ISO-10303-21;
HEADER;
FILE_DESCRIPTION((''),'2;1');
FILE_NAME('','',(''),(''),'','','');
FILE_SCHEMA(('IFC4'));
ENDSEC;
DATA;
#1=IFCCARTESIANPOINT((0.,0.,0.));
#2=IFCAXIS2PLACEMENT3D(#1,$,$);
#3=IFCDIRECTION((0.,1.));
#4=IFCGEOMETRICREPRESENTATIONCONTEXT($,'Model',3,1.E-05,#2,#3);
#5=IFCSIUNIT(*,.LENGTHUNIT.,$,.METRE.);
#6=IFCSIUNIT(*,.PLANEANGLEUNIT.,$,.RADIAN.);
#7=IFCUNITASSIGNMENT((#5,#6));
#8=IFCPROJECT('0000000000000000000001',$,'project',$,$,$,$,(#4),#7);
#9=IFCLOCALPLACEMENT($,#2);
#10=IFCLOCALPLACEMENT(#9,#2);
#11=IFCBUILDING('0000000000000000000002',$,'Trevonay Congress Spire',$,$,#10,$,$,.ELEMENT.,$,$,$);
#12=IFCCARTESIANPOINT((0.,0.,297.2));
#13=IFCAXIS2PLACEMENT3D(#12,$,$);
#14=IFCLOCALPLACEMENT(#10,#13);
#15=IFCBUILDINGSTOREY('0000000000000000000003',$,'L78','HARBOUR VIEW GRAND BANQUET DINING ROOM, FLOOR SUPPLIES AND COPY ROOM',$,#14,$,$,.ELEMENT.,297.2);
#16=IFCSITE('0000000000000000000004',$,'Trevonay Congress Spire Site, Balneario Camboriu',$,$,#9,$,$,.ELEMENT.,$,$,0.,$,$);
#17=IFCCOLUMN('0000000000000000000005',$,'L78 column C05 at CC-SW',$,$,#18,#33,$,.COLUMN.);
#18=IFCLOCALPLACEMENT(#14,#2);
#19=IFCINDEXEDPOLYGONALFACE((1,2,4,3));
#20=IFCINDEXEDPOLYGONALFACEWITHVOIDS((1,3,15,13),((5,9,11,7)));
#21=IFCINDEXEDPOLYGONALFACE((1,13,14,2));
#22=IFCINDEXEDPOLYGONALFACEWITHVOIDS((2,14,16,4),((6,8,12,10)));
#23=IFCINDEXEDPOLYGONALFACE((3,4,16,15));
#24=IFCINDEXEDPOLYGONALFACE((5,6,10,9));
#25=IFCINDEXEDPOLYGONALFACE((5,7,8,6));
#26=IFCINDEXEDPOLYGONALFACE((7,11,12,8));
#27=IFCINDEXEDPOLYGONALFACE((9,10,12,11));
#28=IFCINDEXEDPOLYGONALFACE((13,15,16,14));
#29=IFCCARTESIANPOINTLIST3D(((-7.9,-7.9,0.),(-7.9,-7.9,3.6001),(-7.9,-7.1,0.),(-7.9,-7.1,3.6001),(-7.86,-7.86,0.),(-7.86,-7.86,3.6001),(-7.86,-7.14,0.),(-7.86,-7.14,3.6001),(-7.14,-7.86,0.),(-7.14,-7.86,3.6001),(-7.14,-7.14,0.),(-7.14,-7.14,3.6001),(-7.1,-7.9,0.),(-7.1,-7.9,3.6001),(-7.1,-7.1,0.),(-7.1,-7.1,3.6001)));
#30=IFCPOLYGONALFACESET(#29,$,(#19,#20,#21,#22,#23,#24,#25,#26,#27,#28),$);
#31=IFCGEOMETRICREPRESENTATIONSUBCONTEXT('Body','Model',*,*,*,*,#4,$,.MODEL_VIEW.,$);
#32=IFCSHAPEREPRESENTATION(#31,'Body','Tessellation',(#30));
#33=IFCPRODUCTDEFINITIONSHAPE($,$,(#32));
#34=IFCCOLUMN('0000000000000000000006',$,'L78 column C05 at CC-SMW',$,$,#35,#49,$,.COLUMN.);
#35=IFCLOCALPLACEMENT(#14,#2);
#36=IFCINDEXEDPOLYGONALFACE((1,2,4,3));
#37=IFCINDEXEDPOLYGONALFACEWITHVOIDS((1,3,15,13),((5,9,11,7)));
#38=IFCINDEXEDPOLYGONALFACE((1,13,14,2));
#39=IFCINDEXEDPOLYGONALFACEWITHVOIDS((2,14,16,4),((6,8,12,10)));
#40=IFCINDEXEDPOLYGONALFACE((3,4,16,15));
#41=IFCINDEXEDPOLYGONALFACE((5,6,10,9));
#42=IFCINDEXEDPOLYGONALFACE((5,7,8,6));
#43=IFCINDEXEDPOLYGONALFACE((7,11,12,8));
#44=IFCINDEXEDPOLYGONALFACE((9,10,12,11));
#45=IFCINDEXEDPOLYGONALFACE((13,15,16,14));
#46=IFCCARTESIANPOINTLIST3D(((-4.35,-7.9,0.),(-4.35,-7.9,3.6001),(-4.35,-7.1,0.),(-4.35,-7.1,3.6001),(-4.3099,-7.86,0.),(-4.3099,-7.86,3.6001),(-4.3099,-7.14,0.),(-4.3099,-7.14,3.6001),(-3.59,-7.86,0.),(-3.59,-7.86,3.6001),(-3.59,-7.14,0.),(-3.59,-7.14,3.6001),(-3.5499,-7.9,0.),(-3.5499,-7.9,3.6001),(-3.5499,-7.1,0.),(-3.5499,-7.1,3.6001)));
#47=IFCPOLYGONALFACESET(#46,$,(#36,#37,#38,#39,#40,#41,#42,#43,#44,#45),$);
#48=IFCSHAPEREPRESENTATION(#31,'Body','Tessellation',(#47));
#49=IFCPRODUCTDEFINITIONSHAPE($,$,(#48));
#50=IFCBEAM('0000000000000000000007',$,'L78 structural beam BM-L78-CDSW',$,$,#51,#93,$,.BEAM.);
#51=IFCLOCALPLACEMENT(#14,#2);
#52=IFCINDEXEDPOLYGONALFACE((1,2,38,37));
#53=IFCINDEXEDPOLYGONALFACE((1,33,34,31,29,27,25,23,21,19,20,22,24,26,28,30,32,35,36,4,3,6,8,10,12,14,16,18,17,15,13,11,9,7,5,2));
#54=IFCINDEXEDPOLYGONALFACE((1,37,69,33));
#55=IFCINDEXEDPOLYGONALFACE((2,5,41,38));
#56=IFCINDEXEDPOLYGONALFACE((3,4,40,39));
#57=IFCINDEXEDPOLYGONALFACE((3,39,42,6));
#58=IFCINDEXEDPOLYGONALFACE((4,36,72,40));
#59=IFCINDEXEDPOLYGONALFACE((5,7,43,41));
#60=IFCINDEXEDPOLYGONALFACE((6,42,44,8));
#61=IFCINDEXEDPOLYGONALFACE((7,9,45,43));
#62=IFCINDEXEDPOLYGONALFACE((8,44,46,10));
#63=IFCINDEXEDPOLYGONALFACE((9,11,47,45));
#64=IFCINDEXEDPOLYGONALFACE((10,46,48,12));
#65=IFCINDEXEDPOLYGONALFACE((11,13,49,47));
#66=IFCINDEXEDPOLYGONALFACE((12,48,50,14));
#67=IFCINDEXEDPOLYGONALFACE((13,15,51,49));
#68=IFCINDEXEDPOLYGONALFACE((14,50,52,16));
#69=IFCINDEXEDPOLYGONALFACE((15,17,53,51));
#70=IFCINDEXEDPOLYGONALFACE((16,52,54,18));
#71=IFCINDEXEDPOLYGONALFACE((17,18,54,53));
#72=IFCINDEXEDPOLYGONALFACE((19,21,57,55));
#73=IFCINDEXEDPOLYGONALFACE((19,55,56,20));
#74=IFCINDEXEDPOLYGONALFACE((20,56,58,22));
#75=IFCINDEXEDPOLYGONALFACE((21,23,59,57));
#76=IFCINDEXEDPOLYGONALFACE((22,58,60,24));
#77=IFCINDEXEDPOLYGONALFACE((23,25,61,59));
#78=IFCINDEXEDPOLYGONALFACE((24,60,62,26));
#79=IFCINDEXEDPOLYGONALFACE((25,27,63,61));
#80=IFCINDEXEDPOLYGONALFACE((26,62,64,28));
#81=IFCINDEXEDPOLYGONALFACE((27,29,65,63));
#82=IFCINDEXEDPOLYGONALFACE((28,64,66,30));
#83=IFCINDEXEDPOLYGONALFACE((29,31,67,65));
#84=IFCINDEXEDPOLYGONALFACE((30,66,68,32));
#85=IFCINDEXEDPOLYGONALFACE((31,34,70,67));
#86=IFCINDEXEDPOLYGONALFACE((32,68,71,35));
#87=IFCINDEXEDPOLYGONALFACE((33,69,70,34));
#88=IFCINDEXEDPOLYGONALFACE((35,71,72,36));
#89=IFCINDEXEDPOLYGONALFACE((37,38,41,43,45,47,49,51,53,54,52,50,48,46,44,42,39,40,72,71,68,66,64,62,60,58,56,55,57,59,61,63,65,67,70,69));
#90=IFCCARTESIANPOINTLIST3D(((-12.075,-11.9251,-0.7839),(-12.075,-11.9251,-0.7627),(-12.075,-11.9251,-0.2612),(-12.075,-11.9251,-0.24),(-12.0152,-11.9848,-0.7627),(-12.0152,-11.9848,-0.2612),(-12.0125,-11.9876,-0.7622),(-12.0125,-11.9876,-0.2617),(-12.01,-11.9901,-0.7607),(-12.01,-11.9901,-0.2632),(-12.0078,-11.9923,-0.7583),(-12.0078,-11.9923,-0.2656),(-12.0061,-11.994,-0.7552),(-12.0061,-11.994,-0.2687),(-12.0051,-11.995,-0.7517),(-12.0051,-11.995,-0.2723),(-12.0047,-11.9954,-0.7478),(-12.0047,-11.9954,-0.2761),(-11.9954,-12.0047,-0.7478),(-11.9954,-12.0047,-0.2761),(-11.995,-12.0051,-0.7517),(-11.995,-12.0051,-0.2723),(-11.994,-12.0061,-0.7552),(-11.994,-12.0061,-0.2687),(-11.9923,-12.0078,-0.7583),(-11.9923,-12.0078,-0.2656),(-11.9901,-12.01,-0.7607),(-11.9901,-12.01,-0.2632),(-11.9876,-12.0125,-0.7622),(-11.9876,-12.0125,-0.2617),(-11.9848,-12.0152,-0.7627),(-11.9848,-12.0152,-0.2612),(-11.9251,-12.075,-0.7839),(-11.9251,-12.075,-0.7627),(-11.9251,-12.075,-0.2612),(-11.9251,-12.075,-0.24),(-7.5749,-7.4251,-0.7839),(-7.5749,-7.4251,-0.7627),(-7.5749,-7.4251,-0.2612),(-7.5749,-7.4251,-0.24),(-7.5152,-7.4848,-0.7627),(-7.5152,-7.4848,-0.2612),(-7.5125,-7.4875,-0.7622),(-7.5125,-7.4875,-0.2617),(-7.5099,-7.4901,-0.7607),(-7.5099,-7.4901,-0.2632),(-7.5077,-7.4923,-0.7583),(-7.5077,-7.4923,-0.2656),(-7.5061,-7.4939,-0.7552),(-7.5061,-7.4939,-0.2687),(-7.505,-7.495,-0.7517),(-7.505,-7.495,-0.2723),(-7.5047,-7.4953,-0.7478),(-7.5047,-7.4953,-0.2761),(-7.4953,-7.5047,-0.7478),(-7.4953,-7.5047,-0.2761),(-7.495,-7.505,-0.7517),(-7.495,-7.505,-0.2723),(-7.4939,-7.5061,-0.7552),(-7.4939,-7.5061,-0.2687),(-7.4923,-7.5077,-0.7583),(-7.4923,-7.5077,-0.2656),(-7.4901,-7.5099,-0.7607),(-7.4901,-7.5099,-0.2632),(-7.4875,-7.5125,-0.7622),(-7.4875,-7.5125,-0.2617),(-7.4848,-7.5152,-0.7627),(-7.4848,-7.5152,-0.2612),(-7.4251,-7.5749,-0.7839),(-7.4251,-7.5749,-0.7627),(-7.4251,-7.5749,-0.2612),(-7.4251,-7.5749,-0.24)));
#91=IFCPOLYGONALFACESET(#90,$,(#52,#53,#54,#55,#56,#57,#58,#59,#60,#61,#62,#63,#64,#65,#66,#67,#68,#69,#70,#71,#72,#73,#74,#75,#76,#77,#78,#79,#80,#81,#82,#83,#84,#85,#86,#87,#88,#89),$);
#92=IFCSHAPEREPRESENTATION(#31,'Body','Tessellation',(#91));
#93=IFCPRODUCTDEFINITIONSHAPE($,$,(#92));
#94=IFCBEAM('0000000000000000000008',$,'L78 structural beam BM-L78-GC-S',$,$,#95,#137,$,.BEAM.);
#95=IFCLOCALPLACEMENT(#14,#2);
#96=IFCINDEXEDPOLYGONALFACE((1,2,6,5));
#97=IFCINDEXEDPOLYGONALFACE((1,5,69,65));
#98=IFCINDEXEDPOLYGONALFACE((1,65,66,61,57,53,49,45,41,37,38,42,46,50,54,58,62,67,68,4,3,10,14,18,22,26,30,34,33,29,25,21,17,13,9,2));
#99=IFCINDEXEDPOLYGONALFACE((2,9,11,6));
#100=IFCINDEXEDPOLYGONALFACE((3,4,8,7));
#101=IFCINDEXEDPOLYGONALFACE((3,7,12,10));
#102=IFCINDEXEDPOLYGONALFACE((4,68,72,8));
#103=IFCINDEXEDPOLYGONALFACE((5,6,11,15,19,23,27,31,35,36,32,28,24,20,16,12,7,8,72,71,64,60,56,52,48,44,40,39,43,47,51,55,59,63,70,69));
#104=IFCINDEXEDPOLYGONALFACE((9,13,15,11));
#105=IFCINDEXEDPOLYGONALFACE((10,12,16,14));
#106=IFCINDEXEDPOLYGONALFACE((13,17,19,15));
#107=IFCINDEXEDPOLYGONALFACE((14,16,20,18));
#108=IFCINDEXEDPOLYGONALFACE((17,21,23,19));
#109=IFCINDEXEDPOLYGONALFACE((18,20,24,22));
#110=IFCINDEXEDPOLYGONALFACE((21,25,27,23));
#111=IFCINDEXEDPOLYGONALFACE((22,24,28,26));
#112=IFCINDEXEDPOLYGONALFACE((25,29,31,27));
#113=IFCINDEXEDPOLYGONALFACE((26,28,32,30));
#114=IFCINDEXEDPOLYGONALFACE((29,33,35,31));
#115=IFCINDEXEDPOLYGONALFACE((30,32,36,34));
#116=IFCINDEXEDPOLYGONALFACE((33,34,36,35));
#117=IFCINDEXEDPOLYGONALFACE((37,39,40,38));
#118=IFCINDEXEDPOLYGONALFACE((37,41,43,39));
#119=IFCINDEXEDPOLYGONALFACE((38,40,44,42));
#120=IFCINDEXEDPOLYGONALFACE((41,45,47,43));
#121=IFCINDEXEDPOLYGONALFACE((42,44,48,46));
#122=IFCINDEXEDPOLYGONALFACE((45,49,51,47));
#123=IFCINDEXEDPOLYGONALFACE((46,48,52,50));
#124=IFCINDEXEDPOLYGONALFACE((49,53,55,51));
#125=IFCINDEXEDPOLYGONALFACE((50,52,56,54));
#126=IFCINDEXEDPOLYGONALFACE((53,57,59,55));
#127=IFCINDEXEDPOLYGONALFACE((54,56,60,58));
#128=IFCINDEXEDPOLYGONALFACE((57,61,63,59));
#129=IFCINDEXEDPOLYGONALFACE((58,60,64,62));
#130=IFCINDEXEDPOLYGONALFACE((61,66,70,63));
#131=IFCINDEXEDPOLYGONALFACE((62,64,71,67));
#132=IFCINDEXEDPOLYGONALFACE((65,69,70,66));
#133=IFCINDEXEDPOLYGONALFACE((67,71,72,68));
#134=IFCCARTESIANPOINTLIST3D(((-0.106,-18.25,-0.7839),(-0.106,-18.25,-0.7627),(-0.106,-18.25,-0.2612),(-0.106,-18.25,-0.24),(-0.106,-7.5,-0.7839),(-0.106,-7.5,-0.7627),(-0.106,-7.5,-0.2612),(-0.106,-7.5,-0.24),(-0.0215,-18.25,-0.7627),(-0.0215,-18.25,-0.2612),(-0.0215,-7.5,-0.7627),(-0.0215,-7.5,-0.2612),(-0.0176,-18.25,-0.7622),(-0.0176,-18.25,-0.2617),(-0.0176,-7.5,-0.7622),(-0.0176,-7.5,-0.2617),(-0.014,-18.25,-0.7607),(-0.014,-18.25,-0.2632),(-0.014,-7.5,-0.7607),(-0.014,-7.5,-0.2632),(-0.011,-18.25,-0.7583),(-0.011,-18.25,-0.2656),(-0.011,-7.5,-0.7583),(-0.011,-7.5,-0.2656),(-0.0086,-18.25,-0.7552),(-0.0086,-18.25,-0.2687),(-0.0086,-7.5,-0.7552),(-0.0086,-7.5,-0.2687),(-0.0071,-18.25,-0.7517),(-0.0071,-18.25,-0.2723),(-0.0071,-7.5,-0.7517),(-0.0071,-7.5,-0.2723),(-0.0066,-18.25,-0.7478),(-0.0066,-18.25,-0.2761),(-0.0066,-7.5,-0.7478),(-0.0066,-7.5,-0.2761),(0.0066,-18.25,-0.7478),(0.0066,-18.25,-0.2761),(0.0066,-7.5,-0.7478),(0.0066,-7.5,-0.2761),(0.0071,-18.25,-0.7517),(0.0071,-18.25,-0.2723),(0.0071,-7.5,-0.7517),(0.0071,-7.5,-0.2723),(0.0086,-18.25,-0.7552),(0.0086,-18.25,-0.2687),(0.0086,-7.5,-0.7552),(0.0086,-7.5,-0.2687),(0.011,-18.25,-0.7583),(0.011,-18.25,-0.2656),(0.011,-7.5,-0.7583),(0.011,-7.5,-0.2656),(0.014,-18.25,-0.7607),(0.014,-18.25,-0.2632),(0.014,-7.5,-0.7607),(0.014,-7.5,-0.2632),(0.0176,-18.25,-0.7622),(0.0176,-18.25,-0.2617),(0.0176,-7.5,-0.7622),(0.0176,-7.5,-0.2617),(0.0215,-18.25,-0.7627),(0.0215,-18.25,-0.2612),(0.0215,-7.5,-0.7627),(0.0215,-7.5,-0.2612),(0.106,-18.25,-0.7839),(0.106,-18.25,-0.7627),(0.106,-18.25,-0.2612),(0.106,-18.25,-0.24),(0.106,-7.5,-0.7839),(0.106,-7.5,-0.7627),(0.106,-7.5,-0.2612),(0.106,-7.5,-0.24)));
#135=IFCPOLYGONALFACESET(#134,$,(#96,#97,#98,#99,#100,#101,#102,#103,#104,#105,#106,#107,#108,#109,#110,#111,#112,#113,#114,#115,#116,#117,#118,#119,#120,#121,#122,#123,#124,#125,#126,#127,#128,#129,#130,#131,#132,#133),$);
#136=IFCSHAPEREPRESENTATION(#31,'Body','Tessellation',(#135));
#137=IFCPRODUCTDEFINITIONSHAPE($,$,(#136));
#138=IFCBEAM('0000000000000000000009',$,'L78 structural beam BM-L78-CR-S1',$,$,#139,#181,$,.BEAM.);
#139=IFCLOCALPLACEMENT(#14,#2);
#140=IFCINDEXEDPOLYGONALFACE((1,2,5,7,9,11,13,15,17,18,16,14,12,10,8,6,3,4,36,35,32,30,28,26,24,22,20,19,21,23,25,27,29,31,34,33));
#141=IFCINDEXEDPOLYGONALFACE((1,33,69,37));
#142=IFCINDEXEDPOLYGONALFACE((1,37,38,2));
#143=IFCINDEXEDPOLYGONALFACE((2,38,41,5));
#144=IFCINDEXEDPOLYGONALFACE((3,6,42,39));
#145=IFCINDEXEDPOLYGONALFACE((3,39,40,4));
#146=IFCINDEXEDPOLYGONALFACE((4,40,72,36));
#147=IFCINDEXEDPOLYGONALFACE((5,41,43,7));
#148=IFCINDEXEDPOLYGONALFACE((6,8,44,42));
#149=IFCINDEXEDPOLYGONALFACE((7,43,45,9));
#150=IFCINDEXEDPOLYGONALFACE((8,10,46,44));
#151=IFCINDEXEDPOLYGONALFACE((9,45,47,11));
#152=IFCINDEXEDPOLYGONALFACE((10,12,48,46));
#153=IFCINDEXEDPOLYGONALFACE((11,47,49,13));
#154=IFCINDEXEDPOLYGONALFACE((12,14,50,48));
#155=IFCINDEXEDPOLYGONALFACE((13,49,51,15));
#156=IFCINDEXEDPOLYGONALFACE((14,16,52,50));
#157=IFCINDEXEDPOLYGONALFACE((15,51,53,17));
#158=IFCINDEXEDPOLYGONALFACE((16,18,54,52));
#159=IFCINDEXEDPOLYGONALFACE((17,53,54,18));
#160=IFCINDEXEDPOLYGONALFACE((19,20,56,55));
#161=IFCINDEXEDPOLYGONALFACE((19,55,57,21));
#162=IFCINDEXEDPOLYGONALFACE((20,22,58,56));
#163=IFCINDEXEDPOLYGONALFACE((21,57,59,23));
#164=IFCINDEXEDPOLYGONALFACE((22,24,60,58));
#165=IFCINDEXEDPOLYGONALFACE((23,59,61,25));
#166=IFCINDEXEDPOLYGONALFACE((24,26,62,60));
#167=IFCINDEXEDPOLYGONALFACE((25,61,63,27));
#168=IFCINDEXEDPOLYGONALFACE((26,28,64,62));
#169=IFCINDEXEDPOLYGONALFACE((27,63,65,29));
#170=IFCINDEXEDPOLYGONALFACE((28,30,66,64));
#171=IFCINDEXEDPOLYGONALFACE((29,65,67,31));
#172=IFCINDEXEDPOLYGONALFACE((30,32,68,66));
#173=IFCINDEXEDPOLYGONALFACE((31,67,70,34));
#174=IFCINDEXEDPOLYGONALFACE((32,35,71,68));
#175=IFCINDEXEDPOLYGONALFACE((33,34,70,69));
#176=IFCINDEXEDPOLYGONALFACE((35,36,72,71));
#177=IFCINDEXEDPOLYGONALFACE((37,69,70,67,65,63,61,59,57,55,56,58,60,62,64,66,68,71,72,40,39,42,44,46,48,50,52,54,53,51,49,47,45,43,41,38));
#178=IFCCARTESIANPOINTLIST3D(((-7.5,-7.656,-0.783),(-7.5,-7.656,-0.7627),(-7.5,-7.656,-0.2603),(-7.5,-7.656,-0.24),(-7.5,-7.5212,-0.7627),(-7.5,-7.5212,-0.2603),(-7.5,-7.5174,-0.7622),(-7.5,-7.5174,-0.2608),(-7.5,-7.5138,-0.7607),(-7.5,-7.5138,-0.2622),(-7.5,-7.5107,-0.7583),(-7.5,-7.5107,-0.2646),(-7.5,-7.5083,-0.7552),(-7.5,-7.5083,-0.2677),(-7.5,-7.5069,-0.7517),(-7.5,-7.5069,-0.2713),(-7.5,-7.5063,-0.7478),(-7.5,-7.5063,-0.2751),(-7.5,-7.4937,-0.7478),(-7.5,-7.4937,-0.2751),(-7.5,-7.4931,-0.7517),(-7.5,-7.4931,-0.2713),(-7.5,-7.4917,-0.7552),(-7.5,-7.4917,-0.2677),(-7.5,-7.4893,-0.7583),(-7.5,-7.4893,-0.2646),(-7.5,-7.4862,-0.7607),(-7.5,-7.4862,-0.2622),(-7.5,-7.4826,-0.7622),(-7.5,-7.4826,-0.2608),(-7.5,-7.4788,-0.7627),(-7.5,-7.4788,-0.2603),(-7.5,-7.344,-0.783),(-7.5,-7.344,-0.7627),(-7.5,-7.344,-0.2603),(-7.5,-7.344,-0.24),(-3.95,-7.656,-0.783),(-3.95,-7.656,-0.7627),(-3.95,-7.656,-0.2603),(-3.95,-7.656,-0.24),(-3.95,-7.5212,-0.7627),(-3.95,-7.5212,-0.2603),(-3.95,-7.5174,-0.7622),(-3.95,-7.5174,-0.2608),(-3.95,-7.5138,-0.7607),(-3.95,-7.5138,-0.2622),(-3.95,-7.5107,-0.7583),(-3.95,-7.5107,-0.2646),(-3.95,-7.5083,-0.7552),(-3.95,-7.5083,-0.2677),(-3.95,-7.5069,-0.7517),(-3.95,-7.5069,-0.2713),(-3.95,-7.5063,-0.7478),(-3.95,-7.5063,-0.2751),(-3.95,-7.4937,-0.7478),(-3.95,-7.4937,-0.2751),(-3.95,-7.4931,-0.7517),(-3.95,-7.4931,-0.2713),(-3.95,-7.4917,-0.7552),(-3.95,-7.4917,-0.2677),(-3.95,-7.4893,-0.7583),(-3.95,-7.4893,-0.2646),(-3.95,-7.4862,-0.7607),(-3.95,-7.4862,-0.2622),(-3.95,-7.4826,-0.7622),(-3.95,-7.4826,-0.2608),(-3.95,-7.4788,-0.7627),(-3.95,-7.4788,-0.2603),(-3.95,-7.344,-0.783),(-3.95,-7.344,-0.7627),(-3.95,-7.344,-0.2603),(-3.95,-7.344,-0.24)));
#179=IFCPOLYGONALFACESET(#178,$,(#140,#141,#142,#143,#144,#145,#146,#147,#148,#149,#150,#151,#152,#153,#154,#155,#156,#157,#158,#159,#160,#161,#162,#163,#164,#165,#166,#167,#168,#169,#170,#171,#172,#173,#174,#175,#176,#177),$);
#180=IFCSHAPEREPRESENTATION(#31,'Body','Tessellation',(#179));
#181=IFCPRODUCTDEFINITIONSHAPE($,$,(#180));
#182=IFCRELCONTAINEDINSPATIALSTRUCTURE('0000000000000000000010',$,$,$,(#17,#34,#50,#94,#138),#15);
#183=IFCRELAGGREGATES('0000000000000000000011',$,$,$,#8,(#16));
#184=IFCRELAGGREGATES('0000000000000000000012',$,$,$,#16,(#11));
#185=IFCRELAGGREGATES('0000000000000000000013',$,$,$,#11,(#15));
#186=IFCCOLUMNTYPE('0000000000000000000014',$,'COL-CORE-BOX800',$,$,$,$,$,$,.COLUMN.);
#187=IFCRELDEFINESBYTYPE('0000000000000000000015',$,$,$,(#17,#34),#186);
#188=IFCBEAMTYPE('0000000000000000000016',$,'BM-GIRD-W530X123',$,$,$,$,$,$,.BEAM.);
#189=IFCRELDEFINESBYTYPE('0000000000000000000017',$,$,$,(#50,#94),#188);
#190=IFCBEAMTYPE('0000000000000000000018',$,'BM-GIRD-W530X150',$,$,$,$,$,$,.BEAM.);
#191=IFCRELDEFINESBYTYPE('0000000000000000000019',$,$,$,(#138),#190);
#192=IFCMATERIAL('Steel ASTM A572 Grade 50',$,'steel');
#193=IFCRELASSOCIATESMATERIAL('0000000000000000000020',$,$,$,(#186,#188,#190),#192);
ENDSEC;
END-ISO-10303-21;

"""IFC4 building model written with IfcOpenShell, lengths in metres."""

from ifc_helpers import new_model, si_unit, direction, frame, origin, origin_2d, place, context, subcontext, project, spatial, hollow_rectangle, i_section, extrude, material, material_profile, profile_set, type_object, element, save


model = new_model("IFC4")

# Units and contexts
model_context = context("Model", 3, precision=1e-05, world=origin(), true_north=direction((0.0, 1.0)))
body_context = subcontext(model_context, "Body", "Model", "MODEL_VIEW")
ifc_project = project(units=[si_unit("LENGTHUNIT", "METRE"), si_unit("PLANEANGLEUNIT", "RADIAN")], contexts=[model_context])

# Site, building, storey
site_placement = place(None, origin())
site = spatial("IfcSite", under=ifc_project, at=site_placement, Name="Trevonay Congress Spire Site, Balneario Camboriu", CompositionType="ELEMENT", RefElevation=0.0)
building_placement = place(site_placement, origin())
building = spatial("IfcBuilding", under=site, at=building_placement, Name="Trevonay Congress Spire", CompositionType="ELEMENT")
storey_placement = place(building_placement, frame((0.0, 0.0, 297.2)))
storey = spatial("IfcBuildingStorey", under=building, at=storey_placement, Name="L78", Description="HARBOUR VIEW GRAND BANQUET DINING ROOM, FLOOR SUPPLIES AND COPY ROOM", CompositionType="ELEMENT", Elevation=297.2)

# Columns
ifc_material_1 = material(Name="Steel ASTM A572 Grade 50", Category="steel")
ifc_material_profile_1 = material_profile(ifc_material_1, hollow_rectangle(XDim=0.8, YDim=0.8, WallThickness=0.04, at=origin_2d()), Name="BOX 800x800x40")
ifc_profile_set_1 = profile_set([ifc_material_profile_1], Name="Steel ASTM A572 Grade 50")
column_type = type_object("IfcColumnType", Name="COL-CORE-BOX800", PredefinedType="COLUMN", material=ifc_profile_set_1)
for number, where, z_axis, x_axis, name in (
    (1, (-7.5, -7.5, 0.0), (0.0, 0.0, 1.0), (1.0, 0.0, 0.0), "L78 column C05 at CC-SW"),
    (2, (-3.95, -7.5, 0.0), (0.0, 0.0, 1.0), (1.0, 0.0, 0.0), "L78 column C05 at CC-SMW"),
):
    element("IfcColumn", number, at=place(storey_placement, frame(where, z_axis=z_axis, x_axis=x_axis)), inside=storey, type_object=column_type, Name=name, PredefinedType="COLUMN", context=body_context, shape_type="SweptSolid", body=[
        extrude(hollow_rectangle(XDim=0.8, YDim=0.8, WallThickness=0.04, at=origin_2d()), origin(), (0.0, 0.0, 1.0), 3.6001),
    ])

# Beams
ifc_material_profile_2 = material_profile(ifc_material_1, i_section(OverallWidth=0.2119, OverallDepth=0.5439, WebThickness=0.0132, FlangeThickness=0.0212, FilletRadius=0.0149, at=origin_2d()), Name="W530x123")
ifc_profile_set_2 = profile_set([ifc_material_profile_2], Name="Steel ASTM A572 Grade 50")
beam_type_1 = type_object("IfcBeamType", Name="BM-GIRD-W530X123", PredefinedType="BEAM", material=ifc_profile_set_2)
beam_1_placement = place(storey_placement, frame((-7.5, -7.5, -0.512), z_axis=(-0.707107, -0.707107, 0.0), x_axis=(0.707107, -0.707107, 0.0)))
element("IfcBeam", 3, at=beam_1_placement, inside=storey, type_object=beam_type_1, Name="L78 structural beam BM-L78-CDSW", PredefinedType="BEAM", context=body_context, shape_type="SweptSolid", body=[
    extrude(i_section(OverallWidth=0.2119, OverallDepth=0.5439, WebThickness=0.0132, FlangeThickness=0.0212, FilletRadius=0.0149, at=origin_2d()), origin(), (0.0, 0.0, 1.0), 6.364),
])
beam_2_placement = place(storey_placement, frame((0.0, -7.5, -0.512), z_axis=(0.0, -1.0, 0.0), x_axis=(1.0, 0.0, 0.0)))
element("IfcBeam", 4, at=beam_2_placement, inside=storey, type_object=beam_type_1, Name="L78 structural beam BM-L78-GC-S", PredefinedType="BEAM", context=body_context, shape_type="SweptSolid", body=[
    extrude(i_section(OverallWidth=0.2119, OverallDepth=0.5439, WebThickness=0.0132, FlangeThickness=0.0212, FilletRadius=0.0149, at=origin_2d()), origin(), (0.0, 0.0, 1.0), 10.75),
])
ifc_material_profile_3 = material_profile(ifc_material_1, i_section(OverallWidth=0.312, OverallDepth=0.543, WebThickness=0.0127, FlangeThickness=0.0203, FilletRadius=0.0149, at=origin_2d()), Name="W530x150")
ifc_profile_set_3 = profile_set([ifc_material_profile_3], Name="Steel ASTM A572 Grade 50")
beam_type_2 = type_object("IfcBeamType", Name="BM-GIRD-W530X150", PredefinedType="BEAM", material=ifc_profile_set_3)
beam_3_placement = place(storey_placement, frame((-7.5, -7.5, -0.5115), z_axis=(1.0, 0.0, 0.0), x_axis=(0.0, 1.0, 0.0)))
element("IfcBeam", 5, at=beam_3_placement, inside=storey, type_object=beam_type_2, Name="L78 structural beam BM-L78-CR-S1", PredefinedType="BEAM", context=body_context, shape_type="SweptSolid", body=[
    extrude(i_section(OverallWidth=0.312, OverallDepth=0.543, WebThickness=0.0127, FlangeThickness=0.0203, FilletRadius=0.0149, at=origin_2d()), origin(), (0.0, 0.0, 1.0), 3.55),
])

save(model, "model.ifc")
